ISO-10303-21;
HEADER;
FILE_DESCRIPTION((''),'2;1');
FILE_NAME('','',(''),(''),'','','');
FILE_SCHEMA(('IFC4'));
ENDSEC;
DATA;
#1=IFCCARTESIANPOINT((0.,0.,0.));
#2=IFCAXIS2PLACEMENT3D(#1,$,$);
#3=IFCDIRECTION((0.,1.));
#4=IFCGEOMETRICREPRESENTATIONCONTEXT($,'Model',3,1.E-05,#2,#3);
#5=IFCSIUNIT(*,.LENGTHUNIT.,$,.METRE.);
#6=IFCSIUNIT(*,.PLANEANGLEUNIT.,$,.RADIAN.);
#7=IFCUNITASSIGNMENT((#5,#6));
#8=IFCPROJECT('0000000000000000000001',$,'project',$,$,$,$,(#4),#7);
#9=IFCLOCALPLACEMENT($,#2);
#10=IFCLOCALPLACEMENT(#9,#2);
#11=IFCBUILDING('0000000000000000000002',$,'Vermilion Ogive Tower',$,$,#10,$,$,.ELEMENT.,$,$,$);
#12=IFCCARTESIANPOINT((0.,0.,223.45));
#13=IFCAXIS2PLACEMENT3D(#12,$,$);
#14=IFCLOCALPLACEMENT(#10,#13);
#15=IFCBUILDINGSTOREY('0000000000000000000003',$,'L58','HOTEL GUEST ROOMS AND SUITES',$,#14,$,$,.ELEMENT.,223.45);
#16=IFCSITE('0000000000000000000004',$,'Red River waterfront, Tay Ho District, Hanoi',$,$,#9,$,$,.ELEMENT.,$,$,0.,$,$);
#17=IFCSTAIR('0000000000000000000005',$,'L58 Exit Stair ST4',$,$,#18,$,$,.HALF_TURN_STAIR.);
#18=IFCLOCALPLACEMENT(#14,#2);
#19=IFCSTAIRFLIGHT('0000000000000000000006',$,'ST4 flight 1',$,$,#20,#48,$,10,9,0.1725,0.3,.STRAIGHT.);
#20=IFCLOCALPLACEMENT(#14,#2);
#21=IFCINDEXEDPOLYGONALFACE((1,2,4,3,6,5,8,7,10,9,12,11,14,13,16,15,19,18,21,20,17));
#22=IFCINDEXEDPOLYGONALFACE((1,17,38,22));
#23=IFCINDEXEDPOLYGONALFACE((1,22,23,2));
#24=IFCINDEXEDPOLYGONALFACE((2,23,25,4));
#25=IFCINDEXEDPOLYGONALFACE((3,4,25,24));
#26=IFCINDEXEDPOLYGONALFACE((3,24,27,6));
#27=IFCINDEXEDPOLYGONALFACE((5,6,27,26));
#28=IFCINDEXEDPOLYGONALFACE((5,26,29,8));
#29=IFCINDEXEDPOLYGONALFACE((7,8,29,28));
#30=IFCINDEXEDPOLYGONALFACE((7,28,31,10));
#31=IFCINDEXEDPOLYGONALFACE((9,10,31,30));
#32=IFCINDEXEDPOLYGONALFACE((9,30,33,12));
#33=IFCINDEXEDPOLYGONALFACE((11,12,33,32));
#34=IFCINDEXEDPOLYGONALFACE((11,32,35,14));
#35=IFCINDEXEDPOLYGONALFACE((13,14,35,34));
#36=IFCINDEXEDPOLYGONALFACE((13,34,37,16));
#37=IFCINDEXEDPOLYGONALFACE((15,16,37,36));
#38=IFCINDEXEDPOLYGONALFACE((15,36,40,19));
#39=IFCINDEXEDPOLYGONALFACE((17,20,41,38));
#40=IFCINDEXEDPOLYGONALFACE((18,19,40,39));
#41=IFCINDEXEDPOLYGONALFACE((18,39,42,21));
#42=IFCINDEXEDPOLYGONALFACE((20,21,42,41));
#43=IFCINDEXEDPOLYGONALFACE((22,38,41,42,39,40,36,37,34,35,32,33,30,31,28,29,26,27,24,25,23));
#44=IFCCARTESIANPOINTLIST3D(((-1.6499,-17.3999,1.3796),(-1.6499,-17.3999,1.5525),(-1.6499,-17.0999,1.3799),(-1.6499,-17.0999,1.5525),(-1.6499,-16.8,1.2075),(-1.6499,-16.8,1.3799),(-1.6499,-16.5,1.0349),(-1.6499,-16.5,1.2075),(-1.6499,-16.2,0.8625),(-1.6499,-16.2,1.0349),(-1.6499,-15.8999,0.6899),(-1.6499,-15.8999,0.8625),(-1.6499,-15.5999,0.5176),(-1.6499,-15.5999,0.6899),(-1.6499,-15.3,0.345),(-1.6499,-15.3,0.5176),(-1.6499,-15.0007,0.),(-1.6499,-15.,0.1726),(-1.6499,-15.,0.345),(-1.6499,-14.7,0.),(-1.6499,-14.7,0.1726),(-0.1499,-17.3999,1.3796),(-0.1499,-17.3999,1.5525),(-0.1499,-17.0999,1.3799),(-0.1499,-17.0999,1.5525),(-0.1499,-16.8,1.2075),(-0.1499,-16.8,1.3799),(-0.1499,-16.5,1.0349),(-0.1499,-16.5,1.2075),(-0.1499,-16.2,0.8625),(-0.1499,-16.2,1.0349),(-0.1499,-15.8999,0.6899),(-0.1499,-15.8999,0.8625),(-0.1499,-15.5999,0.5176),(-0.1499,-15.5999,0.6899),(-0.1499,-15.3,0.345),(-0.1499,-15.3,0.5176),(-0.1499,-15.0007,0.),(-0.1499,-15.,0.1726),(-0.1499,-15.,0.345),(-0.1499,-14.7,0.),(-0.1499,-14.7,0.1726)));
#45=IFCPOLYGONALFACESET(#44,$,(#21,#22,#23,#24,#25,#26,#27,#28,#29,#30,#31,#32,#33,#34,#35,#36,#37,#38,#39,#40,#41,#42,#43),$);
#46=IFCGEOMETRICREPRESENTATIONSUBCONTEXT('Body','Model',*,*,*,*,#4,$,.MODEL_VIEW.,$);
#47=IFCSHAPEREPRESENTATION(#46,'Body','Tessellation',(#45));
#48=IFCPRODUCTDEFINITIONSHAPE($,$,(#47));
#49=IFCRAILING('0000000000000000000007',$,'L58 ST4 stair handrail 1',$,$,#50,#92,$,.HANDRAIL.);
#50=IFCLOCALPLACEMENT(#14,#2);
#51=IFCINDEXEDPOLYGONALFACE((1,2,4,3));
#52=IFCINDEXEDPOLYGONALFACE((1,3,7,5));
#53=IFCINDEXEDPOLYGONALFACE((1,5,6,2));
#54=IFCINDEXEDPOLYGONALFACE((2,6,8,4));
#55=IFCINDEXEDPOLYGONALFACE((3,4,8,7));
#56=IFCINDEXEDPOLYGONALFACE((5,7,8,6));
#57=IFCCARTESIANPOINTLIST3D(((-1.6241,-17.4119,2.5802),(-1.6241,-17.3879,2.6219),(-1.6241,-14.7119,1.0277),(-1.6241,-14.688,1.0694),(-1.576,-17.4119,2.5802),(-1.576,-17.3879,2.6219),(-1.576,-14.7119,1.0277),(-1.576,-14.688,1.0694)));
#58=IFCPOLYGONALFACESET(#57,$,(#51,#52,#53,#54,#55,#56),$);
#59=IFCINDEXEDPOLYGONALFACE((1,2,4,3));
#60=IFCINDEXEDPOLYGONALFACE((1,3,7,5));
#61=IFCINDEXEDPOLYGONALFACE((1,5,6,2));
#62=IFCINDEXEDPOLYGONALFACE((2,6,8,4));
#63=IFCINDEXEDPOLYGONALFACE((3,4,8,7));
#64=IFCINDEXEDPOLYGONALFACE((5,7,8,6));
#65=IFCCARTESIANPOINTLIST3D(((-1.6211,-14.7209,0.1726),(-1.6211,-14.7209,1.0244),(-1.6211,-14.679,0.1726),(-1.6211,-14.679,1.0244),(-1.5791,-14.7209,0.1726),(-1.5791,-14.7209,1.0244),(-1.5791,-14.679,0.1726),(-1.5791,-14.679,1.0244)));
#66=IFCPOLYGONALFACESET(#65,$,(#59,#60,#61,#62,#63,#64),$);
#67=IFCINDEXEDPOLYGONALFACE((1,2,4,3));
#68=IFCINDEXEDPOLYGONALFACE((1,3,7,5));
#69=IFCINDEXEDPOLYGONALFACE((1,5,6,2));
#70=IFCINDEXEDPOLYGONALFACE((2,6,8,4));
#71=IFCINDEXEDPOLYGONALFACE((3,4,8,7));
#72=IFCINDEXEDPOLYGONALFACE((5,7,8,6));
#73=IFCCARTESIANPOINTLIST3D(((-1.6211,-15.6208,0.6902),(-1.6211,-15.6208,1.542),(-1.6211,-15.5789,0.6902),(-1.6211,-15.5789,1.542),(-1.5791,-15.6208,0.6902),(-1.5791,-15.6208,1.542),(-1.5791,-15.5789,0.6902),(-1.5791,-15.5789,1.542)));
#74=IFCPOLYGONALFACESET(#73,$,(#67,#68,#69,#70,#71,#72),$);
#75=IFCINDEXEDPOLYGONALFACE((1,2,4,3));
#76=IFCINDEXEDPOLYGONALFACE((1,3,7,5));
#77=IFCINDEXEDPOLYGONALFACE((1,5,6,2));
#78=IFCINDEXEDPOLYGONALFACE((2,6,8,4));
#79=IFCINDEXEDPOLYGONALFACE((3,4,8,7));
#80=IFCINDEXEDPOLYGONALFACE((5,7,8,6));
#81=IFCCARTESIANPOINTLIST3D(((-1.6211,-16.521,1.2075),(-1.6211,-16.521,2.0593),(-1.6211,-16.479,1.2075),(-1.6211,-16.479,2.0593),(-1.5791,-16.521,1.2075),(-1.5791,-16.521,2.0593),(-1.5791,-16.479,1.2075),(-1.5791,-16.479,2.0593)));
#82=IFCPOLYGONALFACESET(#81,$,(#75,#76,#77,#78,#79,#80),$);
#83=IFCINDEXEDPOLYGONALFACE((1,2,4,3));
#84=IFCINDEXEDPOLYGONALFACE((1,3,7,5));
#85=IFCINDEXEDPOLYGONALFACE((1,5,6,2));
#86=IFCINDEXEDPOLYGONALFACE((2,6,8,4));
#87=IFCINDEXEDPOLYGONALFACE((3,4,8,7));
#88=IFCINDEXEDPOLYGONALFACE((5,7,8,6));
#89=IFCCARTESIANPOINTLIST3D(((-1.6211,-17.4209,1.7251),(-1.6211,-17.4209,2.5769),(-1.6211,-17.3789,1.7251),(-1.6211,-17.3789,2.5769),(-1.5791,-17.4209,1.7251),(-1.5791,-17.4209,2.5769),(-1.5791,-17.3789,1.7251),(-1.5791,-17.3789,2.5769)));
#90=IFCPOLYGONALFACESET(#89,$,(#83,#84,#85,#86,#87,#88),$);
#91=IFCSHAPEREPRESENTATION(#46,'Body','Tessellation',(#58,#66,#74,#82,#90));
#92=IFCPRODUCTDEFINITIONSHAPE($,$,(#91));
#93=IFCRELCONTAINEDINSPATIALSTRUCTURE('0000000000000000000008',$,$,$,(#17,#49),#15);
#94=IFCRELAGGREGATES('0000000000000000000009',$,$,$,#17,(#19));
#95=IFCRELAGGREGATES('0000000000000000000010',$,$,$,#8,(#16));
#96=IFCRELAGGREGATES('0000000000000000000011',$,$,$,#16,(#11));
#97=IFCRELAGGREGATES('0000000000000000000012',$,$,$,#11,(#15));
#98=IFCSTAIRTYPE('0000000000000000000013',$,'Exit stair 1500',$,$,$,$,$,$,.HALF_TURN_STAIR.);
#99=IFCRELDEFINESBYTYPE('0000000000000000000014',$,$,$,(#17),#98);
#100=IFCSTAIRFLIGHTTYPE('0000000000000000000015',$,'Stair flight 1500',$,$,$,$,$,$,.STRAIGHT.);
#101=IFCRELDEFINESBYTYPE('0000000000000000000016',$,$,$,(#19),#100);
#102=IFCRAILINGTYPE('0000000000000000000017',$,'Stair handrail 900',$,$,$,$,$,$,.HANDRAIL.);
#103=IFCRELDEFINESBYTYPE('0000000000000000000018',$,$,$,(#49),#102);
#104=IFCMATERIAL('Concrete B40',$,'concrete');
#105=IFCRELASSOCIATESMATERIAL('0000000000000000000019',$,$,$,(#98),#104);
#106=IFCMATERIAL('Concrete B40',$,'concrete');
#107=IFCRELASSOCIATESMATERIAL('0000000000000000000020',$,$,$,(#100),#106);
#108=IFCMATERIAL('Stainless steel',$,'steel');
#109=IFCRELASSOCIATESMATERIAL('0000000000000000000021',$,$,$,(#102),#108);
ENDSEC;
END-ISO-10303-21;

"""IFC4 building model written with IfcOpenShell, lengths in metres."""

from ifc_helpers import new_model, si_unit, direction, frame, origin, origin_2d, place, context, subcontext, project, spatial, polyline, rectangle, outline, extrude, material, type_object, element, aggregate, save


model = new_model("IFC4")

# Units and contexts
model_context = context("Model", 3, precision=1e-05, world=origin(), true_north=direction((0.0, 1.0)))
body_context = subcontext(model_context, "Body", "Model", "MODEL_VIEW")
ifc_project = project(units=[si_unit("LENGTHUNIT", "METRE"), si_unit("PLANEANGLEUNIT", "RADIAN")], contexts=[model_context])

# Site, building, storey
site_placement = place(None, origin())
site = spatial("IfcSite", under=ifc_project, at=site_placement, Name="Red River waterfront, Tay Ho District, Hanoi", CompositionType="ELEMENT", RefElevation=0.0)
building_placement = place(site_placement, origin())
building = spatial("IfcBuilding", under=site, at=building_placement, Name="Vermilion Ogive Tower", CompositionType="ELEMENT")
storey_placement = place(building_placement, frame((0.0, 0.0, 223.45)))
storey = spatial("IfcBuildingStorey", under=building, at=storey_placement, Name="L58", Description="HOTEL GUEST ROOMS AND SUITES", CompositionType="ELEMENT", Elevation=223.45)

# Stair, stair flight
ifc_material_1 = material(Name="Concrete B40", Category="concrete")
stair_type = type_object("IfcStairType", Name="Exit stair 1500", PredefinedType="HALF_TURN_STAIR", material=ifc_material_1)
stair_placement = place(storey_placement, origin())
stair = element("IfcStair", 1, at=stair_placement, inside=storey, type_object=stair_type, Name="L58 Exit Stair ST4", PredefinedType="HALF_TURN_STAIR")
ifc_material_2 = material(Name="Concrete B40", Category="concrete")
stair_flight_type = type_object("IfcStairFlightType", Name="Stair flight 1500", PredefinedType="STRAIGHT", material=ifc_material_2)
stair_flight_placement = place(storey_placement, frame((-0.8999, -14.7, 0.0), z_axis=(0.0, 0.0, 1.0), x_axis=(0.0, -1.0, 0.0)))
stair_flight = element("IfcStairFlight", 2, at=stair_flight_placement, type_object=stair_flight_type, Name="ST4 flight 1", NumberOfRisers=10, NumberOfTreads=9, PredefinedType="STRAIGHT", RiserHeight=0.1725, TreadLength=0.3, context=body_context, shape_type="SweptSolid", body=[
    extrude(outline(polyline([(0.0, 0.0), (0.0, 0.1726), (0.3, 0.1726), (0.3, 0.345), (0.6001, 0.345), (0.6001, 0.5176), (0.8999, 0.5176), (0.8999, 0.6899), (1.2, 0.6899), (1.2, 0.8625), (1.5, 0.8625), (1.5, 1.0349), (1.8, 1.0349), (1.8, 1.2075), (2.1001, 1.2075), (2.1001, 1.3799), (2.3999, 1.3799), (2.3999, 1.5525), (2.7, 1.5525), (2.7, 1.7251), (2.7, 1.3796), (0.3008, 0.0), (0.0, 0.0)])), frame((0.0, 0.75, 0.0), z_axis=(0.0, -1.0, 0.0), x_axis=(1.0, 0.0, 0.0)), (0.0, 0.0, 1.0), 1.5),
])
aggregate(stair, [stair_flight])

# Railing
ifc_material_3 = material(Name="Stainless steel", Category="steel")
railing_type = type_object("IfcRailingType", Name="Stair handrail 900", PredefinedType="HANDRAIL", material=ifc_material_3)
railing_placement = place(storey_placement, frame((-1.6001, -14.7, 0.1726)))
element("IfcRailing", 3, at=railing_placement, inside=storey, type_object=railing_type, Name="L58 ST4 stair handrail 1", PredefinedType="HANDRAIL", context=body_context, shape_type="SweptSolid", body=[
    extrude(rectangle(XDim=0.0481, YDim=0.0481, at=origin_2d()), frame((0.0, 0.0, 0.876), z_axis=(0.0, -0.866904, 0.498476), x_axis=(1.0, 0.0, 0.0)), (0.0, 0.0, 1.0), 3.1145),
    extrude(rectangle(XDim=0.042, YDim=0.042, at=origin_2d()), origin(), (0.0, 0.0, 1.0), 0.8518),
    extrude(rectangle(XDim=0.042, YDim=0.042, at=origin_2d()), frame((0.0, -0.8999, 0.5176)), (0.0, 0.0, 1.0), 0.8518),
    extrude(rectangle(XDim=0.042, YDim=0.042, at=origin_2d()), frame((0.0, -1.8, 1.0349)), (0.0, 0.0, 1.0), 0.8518),
    extrude(rectangle(XDim=0.042, YDim=0.042, at=origin_2d()), frame((0.0, -2.7, 1.5525)), (0.0, 0.0, 1.0), 0.8518),
])

save(model, "model.ifc")
